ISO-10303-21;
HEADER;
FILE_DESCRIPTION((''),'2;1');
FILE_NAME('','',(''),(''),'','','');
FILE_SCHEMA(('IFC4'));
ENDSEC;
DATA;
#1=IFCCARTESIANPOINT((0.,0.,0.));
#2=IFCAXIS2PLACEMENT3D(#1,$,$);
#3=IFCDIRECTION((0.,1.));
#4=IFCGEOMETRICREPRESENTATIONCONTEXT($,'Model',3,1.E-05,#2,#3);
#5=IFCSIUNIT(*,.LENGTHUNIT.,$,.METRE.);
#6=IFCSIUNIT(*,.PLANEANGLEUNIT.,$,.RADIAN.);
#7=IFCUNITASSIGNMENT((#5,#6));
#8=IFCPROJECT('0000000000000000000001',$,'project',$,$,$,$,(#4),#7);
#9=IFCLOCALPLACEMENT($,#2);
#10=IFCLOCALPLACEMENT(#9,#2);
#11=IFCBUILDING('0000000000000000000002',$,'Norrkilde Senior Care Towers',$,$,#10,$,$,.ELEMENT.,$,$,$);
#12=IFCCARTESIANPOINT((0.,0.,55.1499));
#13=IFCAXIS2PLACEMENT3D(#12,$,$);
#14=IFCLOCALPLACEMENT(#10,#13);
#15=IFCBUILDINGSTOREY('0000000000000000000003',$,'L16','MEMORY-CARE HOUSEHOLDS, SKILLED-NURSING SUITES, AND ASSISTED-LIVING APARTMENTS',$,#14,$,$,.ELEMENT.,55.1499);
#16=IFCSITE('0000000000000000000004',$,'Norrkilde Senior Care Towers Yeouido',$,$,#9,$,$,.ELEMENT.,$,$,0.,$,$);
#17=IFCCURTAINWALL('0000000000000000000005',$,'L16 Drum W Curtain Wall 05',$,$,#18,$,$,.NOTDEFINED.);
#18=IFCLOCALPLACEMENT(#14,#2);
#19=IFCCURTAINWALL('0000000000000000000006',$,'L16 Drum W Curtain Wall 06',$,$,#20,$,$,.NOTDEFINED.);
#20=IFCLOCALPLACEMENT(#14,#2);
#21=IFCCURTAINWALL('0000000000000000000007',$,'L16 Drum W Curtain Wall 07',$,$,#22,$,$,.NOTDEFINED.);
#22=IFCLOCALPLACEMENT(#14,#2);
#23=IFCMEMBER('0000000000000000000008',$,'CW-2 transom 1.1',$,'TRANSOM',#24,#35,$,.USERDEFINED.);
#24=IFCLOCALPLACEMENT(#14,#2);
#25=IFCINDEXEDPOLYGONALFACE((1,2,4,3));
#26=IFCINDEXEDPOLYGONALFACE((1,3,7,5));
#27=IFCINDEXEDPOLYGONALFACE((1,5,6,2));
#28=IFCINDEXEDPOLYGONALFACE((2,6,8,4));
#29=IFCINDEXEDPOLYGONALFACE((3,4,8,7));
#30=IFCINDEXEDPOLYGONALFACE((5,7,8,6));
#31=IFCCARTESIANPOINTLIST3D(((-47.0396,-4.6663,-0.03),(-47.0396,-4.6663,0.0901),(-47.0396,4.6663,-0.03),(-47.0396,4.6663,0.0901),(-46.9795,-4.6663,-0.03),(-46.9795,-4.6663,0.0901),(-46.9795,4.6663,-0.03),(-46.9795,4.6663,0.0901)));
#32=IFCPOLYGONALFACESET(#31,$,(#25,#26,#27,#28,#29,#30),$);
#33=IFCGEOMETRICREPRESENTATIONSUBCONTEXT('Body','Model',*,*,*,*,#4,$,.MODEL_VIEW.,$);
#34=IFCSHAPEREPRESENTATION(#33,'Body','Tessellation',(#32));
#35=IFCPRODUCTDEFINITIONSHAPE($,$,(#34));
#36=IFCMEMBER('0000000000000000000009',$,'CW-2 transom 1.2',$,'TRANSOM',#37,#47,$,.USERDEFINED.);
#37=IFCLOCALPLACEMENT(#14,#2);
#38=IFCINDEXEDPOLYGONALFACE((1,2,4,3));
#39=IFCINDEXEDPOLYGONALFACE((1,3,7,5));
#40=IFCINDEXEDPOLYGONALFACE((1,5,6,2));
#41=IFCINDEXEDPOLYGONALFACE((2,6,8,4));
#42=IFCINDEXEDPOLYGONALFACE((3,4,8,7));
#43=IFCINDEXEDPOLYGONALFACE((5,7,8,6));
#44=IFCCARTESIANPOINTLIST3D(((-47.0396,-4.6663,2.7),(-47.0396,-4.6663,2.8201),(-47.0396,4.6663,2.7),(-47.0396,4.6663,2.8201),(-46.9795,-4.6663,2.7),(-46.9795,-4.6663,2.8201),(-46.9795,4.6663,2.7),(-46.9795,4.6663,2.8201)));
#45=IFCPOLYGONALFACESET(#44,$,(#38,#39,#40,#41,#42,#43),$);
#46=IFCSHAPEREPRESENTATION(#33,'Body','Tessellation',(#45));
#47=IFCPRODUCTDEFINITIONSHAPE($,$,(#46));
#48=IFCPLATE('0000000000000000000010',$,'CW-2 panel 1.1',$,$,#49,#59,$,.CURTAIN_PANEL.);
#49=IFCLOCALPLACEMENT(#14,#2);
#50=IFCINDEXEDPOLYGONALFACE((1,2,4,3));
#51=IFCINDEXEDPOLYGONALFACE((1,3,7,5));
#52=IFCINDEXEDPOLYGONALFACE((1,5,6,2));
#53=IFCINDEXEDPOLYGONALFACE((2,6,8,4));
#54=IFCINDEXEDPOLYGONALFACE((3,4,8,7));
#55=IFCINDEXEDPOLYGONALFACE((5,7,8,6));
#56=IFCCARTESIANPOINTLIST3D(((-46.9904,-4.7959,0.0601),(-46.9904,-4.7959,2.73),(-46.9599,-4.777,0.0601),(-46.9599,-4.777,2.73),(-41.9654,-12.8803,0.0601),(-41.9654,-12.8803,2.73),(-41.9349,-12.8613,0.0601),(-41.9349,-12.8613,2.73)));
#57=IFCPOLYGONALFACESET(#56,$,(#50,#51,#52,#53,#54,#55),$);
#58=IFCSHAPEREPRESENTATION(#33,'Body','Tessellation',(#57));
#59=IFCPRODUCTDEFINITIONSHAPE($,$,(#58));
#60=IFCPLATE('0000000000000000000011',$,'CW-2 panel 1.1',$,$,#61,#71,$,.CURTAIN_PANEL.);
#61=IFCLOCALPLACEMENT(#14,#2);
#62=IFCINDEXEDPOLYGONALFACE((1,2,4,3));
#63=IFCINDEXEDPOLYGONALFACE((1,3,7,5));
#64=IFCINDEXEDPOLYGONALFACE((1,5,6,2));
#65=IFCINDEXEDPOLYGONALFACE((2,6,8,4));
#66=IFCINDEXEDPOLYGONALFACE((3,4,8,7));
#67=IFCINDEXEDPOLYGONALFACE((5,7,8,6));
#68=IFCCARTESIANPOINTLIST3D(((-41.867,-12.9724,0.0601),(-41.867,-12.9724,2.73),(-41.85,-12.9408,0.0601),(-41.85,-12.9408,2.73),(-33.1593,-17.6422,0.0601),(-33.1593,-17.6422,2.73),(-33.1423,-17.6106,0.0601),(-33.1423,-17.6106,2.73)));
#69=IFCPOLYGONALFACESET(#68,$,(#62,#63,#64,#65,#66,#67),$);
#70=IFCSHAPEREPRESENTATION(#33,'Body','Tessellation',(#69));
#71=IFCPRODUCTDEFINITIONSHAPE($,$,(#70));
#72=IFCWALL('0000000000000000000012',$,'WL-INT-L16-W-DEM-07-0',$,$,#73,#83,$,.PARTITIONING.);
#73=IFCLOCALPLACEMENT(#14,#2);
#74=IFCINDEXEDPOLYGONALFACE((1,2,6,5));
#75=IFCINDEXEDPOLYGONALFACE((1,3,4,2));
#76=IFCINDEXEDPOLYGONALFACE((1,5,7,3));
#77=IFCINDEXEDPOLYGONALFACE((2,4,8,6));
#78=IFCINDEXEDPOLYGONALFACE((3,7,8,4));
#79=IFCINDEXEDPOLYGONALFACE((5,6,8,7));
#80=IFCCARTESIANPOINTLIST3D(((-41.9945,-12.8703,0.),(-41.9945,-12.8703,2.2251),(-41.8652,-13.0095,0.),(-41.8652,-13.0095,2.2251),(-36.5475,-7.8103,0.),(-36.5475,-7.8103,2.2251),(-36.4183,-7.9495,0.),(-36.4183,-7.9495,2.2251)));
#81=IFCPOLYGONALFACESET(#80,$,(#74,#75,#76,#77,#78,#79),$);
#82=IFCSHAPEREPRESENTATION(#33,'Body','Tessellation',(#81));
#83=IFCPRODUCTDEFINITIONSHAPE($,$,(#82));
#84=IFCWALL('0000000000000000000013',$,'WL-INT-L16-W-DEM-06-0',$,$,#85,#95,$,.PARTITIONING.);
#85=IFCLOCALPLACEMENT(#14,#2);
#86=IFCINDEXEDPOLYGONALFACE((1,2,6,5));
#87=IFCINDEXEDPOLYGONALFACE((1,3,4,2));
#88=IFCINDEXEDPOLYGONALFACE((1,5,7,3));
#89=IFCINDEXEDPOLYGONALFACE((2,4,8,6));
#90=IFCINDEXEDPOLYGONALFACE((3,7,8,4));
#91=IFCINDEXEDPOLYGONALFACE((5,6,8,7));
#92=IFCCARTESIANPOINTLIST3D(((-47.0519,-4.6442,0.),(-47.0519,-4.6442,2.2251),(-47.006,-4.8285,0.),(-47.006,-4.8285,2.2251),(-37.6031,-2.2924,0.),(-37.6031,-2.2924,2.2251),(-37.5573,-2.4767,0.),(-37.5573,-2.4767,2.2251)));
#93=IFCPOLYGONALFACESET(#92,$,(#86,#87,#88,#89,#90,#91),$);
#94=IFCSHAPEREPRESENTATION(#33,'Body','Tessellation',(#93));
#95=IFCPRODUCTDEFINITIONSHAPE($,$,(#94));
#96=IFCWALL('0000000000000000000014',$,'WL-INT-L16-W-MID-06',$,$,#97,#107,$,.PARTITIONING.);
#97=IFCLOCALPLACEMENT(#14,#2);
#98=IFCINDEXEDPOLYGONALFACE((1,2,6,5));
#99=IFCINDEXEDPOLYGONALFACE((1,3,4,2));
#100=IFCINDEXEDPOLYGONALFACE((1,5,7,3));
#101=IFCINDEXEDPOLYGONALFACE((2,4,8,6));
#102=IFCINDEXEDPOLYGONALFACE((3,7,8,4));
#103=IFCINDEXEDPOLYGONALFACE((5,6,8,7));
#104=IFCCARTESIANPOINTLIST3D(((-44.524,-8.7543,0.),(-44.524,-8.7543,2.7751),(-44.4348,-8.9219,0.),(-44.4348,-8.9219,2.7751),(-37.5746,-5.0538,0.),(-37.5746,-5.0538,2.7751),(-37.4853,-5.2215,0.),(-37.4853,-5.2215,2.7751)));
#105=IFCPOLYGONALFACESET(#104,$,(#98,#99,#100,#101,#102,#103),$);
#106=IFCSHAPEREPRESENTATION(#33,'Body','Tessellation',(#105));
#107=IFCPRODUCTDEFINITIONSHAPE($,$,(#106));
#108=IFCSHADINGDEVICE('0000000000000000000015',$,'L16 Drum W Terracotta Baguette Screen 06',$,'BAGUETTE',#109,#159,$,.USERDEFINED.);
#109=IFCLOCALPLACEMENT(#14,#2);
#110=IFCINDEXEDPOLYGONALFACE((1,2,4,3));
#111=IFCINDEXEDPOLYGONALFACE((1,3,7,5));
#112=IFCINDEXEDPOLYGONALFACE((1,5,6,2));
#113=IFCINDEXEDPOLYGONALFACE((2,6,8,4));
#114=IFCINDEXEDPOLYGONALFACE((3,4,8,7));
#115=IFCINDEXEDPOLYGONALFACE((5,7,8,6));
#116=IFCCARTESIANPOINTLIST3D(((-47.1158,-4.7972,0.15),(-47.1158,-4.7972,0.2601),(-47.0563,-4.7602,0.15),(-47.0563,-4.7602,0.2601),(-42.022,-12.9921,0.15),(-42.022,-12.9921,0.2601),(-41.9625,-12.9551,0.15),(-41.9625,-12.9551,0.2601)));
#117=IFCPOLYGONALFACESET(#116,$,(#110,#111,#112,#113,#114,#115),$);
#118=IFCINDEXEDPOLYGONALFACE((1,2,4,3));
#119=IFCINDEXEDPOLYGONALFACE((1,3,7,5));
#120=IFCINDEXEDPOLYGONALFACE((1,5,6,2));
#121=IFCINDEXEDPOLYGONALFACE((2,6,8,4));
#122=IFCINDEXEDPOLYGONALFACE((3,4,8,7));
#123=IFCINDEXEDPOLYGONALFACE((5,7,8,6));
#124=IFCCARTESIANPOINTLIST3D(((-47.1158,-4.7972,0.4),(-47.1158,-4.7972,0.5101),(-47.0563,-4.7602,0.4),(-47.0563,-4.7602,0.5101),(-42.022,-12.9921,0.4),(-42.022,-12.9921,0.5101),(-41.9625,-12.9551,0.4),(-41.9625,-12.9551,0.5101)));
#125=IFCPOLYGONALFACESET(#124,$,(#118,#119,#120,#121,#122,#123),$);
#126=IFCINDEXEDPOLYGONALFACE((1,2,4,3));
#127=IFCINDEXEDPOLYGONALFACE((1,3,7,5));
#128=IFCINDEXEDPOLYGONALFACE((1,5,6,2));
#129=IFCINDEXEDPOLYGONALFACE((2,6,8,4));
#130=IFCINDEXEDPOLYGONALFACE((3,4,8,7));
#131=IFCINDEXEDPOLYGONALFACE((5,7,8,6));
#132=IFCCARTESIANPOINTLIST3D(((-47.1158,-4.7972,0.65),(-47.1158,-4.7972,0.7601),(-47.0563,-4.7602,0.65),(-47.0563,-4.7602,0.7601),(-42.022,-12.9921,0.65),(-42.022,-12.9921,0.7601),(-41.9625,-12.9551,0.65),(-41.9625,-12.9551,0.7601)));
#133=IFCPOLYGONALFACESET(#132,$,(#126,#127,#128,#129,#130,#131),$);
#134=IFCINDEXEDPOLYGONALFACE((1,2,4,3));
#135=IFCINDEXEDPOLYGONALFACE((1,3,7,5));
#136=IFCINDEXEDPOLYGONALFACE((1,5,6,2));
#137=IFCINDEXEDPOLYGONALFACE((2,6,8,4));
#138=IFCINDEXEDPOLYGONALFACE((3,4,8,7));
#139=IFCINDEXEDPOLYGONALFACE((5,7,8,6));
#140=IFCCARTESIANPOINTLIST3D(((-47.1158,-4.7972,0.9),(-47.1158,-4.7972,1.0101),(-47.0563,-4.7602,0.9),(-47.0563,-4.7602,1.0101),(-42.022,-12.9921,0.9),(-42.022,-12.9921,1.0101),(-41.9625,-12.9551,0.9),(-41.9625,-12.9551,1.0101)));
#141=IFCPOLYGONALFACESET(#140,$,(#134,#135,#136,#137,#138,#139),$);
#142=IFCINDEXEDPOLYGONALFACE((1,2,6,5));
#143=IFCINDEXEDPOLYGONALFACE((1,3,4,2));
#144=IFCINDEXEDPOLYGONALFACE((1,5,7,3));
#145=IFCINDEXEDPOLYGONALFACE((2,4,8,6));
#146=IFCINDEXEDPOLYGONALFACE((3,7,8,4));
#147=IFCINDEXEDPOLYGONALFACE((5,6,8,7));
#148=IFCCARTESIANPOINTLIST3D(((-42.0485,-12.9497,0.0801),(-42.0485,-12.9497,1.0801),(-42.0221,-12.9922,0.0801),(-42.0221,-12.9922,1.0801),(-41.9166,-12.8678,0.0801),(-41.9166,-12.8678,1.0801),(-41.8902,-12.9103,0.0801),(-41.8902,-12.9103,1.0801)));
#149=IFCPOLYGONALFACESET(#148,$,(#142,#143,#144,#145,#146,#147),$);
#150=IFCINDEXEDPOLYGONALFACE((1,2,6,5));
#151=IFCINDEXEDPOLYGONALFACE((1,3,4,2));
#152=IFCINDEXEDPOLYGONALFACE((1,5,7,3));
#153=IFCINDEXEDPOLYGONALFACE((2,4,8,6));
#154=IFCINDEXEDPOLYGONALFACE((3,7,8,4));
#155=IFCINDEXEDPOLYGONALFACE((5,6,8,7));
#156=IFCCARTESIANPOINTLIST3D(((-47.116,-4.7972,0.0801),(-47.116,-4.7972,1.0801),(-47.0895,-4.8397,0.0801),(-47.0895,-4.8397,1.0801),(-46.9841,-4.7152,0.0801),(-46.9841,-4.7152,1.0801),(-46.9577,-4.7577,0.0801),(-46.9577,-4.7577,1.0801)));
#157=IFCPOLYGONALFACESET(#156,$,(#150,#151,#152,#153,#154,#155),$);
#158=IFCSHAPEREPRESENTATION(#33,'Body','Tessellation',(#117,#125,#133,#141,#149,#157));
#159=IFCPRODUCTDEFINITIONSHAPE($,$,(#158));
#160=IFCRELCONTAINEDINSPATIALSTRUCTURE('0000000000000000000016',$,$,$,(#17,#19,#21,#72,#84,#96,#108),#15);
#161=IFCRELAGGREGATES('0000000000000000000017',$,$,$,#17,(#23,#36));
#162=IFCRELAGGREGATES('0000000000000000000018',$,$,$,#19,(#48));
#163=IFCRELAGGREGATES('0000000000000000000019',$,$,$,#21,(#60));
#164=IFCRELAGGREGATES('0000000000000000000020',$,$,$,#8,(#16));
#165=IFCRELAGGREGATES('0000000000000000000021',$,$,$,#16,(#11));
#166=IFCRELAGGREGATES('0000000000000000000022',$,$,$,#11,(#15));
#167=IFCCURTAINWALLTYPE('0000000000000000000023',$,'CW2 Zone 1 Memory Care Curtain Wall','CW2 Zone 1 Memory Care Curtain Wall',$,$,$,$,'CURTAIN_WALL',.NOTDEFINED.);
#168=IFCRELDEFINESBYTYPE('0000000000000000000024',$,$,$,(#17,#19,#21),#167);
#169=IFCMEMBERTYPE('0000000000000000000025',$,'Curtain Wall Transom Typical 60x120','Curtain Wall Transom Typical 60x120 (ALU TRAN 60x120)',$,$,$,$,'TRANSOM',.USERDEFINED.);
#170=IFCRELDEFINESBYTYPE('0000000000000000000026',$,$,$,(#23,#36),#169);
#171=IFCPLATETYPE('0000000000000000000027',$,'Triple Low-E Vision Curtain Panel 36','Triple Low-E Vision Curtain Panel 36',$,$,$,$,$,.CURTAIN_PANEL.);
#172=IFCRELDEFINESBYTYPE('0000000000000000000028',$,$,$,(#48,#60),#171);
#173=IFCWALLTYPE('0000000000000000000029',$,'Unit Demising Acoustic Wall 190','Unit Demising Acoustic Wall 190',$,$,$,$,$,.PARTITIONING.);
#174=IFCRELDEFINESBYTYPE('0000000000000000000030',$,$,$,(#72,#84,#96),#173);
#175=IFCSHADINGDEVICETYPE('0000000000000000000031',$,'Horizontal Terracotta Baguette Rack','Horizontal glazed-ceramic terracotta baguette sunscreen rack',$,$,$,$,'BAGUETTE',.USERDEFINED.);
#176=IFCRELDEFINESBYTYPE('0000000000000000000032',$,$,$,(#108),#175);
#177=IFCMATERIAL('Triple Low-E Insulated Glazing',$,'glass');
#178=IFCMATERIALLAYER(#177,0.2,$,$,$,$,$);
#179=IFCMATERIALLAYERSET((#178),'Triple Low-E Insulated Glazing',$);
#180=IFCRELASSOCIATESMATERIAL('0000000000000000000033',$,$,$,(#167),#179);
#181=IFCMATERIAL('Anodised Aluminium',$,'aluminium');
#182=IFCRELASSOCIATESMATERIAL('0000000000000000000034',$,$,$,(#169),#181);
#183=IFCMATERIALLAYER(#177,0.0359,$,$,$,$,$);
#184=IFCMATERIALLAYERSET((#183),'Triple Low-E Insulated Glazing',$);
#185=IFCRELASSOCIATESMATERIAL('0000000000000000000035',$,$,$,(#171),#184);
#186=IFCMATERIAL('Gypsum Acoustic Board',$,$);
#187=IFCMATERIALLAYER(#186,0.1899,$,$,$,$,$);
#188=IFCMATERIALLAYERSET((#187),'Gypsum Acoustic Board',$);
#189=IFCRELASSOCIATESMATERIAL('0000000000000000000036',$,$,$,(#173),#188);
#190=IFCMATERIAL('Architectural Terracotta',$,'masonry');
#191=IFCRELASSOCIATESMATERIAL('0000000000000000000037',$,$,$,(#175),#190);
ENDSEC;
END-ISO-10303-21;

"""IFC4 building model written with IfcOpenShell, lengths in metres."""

from ifc_helpers import new_model, si_unit, direction, frame, frame_2d, origin, origin_2d, place, context, subcontext, project, spatial, rectangle, extrude, source, transform, mapped, material, layer, layer_set, material_profile, profile_set, type_object, type_shapes, element, aggregate, save


model = new_model("IFC4")

# Units and contexts
model_context = context("Model", 3, precision=1e-05, world=origin(), true_north=direction((0.0, 1.0)))
body_context = subcontext(model_context, "Body", "Model", "MODEL_VIEW")
ifc_project = project(units=[si_unit("LENGTHUNIT", "METRE"), si_unit("PLANEANGLEUNIT", "RADIAN")], contexts=[model_context])

# Site, building, storey
site_placement = place(None, origin())
site = spatial("IfcSite", under=ifc_project, at=site_placement, Name="Norrkilde Senior Care Towers Yeouido", CompositionType="ELEMENT", RefElevation=0.0)
building_placement = place(site_placement, origin())
building = spatial("IfcBuilding", under=site, at=building_placement, Name="Norrkilde Senior Care Towers", CompositionType="ELEMENT")
storey_placement = place(building_placement, frame((0.0, 0.0, 55.1499)))
storey = spatial("IfcBuildingStorey", under=building, at=storey_placement, Name="L16", Description="MEMORY-CARE HOUSEHOLDS, SKILLED-NURSING SUITES, AND ASSISTED-LIVING APARTMENTS", CompositionType="ELEMENT", Elevation=55.1499)

# Curtain wall
ifc_material_1 = material(Name="Triple Low-E Insulated Glazing", Category="glass")
ifc_layer_1 = layer(ifc_material_1, 0.2)
ifc_layer_set_1 = layer_set([ifc_layer_1], Name="Triple Low-E Insulated Glazing")
curtain_wall_type = type_object("IfcCurtainWallType", Name="CW2 Zone 1 Memory Care Curtain Wall", Description="CW2 Zone 1 Memory Care Curtain Wall", ElementType="CURTAIN_WALL", PredefinedType="NOTDEFINED", material=ifc_layer_set_1)
curtain_wall_1_placement = place(storey_placement, origin())
curtain_wall_1 = element("IfcCurtainWall", 1, at=curtain_wall_1_placement, inside=storey, type_object=curtain_wall_type, Name="L16 Drum W Curtain Wall 05", PredefinedType="NOTDEFINED")
ifc_material_2 = material(Name="Anodised Aluminium", Category="aluminium")

# Curtain wall
curtain_wall_2_placement = place(storey_placement, origin())
curtain_wall_2 = element("IfcCurtainWall", 2, at=curtain_wall_2_placement, inside=storey, type_object=curtain_wall_type, Name="L16 Drum W Curtain Wall 06", PredefinedType="NOTDEFINED")

# Curtain wall
curtain_wall_3_placement = place(storey_placement, origin())
curtain_wall_3 = element("IfcCurtainWall", 3, at=curtain_wall_3_placement, inside=storey, type_object=curtain_wall_type, Name="L16 Drum W Curtain Wall 07", PredefinedType="NOTDEFINED")

# Members
ifc_material_profile_1 = material_profile(ifc_material_2, rectangle(XDim=0.0601, YDim=0.1201, at=origin_2d()), Name="ALU TRAN 60x120")
ifc_profile_set_1 = profile_set([ifc_material_profile_1], Name="Anodised Aluminium")
member_type_1 = type_object("IfcMemberType", Name="Curtain Wall Transom Typical 60x120", Description="Curtain Wall Transom Typical 60x120 (ALU TRAN 60x120)", ElementType="TRANSOM", PredefinedType="USERDEFINED", material=ifc_profile_set_1)
shared_shape_1 = source(origin(), body_context, "Body", "SweptSolid", [
    extrude(rectangle(XDim=0.0601, YDim=0.1201, at=origin_2d()), origin(), (0.0, 0.0, 1.0), 9.3325),
])
member_1_placement = place(storey_placement, frame((-47.0095, -4.6663, 0.03), z_axis=(0.0, 1.0, 0.0), x_axis=(-1.0, 0.0, 0.0)))
member_1 = element("IfcMember", 4, at=member_1_placement, type_object=member_type_1, Name="CW-2 transom 1.1", ObjectType="TRANSOM", PredefinedType="USERDEFINED", context=body_context, shape_type="MappedRepresentation", body=[
    mapped(shared_shape_1, transform((0.0, 0.0, 0.0), x_axis=(1.0, 0.0, 0.0), y_axis=(0.0, 1.0, 0.0), z_axis=(0.0, 0.0, 1.0), scale=1.0)),
])
member_2_placement = place(storey_placement, frame((-47.0095, -4.6663, 2.76), z_axis=(0.0, 1.0, 0.0), x_axis=(-1.0, 0.0, 0.0)))
member_2 = element("IfcMember", 5, at=member_2_placement, type_object=member_type_1, Name="CW-2 transom 1.2", ObjectType="TRANSOM", PredefinedType="USERDEFINED", context=body_context, shape_type="MappedRepresentation", body=[
    mapped(shared_shape_1, transform((0.0, 0.0, 0.0), x_axis=(1.0, 0.0, 0.0), y_axis=(0.0, 1.0, 0.0), z_axis=(0.0, 0.0, 1.0), scale=1.0)),
])
aggregate(curtain_wall_1, [member_1, member_2])

# Plates
ifc_layer_2 = layer(ifc_material_1, 0.0359)
ifc_layer_set_2 = layer_set([ifc_layer_2], Name="Triple Low-E Insulated Glazing")
plate_type = type_object("IfcPlateType", Name="Triple Low-E Vision Curtain Panel 36", Description="Triple Low-E Vision Curtain Panel 36", PredefinedType="CURTAIN_PANEL", material=ifc_layer_set_2)
shared_shape_2 = source(origin(), body_context, "Body", "SweptSolid", [
    extrude(rectangle(XDim=9.5188, YDim=0.0359, at=origin_2d()), origin(), (0.0, 0.0, 1.0), 2.6699),
])
plate_1_placement = place(storey_placement, frame((-44.4626, -8.8286, 0.0601), z_axis=(0.0, 0.0, 1.0), x_axis=(-0.527901, 0.849306, 0.0)))
plate_1 = element("IfcPlate", 6, at=plate_1_placement, type_object=plate_type, Name="CW-2 panel 1.1", PredefinedType="CURTAIN_PANEL", context=body_context, shape_type="MappedRepresentation", body=[
    mapped(shared_shape_2, transform((0.0, 0.0, 0.0), x_axis=(1.0, 0.0, 0.0), y_axis=(0.0, 1.0, 0.0), z_axis=(0.0, 0.0, 1.0), scale=1.0)),
])
aggregate(curtain_wall_2, [plate_1])
shared_shape_3 = source(origin(), body_context, "Body", "SweptSolid", [
    extrude(rectangle(XDim=9.8809, YDim=0.0359, at=origin_2d()), origin(), (0.0, 0.0, 1.0), 2.6699),
])
type_shapes(plate_type, [shared_shape_2, shared_shape_3])
plate_2_placement = place(storey_placement, frame((-37.5046, -15.2915, 0.0601), z_axis=(0.0, 0.0, 1.0), x_axis=(-0.881273, 0.472608, 0.0)))
plate_2 = element("IfcPlate", 7, at=plate_2_placement, type_object=plate_type, Name="CW-2 panel 1.1", PredefinedType="CURTAIN_PANEL", context=body_context, shape_type="MappedRepresentation", body=[
    mapped(shared_shape_3, transform((0.0, 0.0, 0.0), x_axis=(1.0, 0.0, 0.0), y_axis=(0.0, 1.0, 0.0), z_axis=(0.0, 0.0, 1.0), scale=1.0)),
])
aggregate(curtain_wall_3, [plate_2])

# Shared definitions
ifc_material_3 = material(Name="Gypsum Acoustic Board")

# Walls
ifc_layer_3 = layer(ifc_material_3, 0.1899)
ifc_layer_set_3 = layer_set([ifc_layer_3], Name="Gypsum Acoustic Board")
wall_type_1 = type_object("IfcWallType", Name="Unit Demising Acoustic Wall 190", Description="Unit Demising Acoustic Wall 190", PredefinedType="PARTITIONING", material=ifc_layer_set_3)
shared_shape_4 = source(origin(), body_context, "Body", "SweptSolid", [
    extrude(rectangle(XDim=7.4346, YDim=0.1899, at=frame_2d((3.7173, 0.0))), origin(), (0.0, 0.0, 1.0), 2.2251),
])
wall_1_placement = place(storey_placement, frame((-36.4829, -7.8799, 0.0), z_axis=(0.0, 0.0, 1.0), x_axis=(-0.732652, -0.680603, 0.0)))
element("IfcWall", 8, at=wall_1_placement, inside=storey, type_object=wall_type_1, Name="WL-INT-L16-W-DEM-07-0", PredefinedType="PARTITIONING", context=body_context, shape_type="MappedRepresentation", body=[
    mapped(shared_shape_4, transform((0.0, 0.0, 0.0), x_axis=(1.0, 0.0, 0.0), y_axis=(0.0, 1.0, 0.0), z_axis=(0.0, 0.0, 1.0), scale=1.0)),
])
shared_shape_5 = source(origin(), body_context, "Body", "SweptSolid", [
    extrude(rectangle(XDim=9.7371, YDim=0.1899, at=frame_2d((4.8687, 0.0))), origin(), (0.0, 0.0, 1.0), 2.2251),
])
wall_2_placement = place(storey_placement, frame((-37.5801, -2.3845, 0.0), z_axis=(0.0, 0.0, 1.0), x_axis=(-0.970393, -0.241533, 0.0)))
element("IfcWall", 9, at=wall_2_placement, inside=storey, type_object=wall_type_1, Name="WL-INT-L16-W-DEM-06-0", PredefinedType="PARTITIONING", context=body_context, shape_type="MappedRepresentation", body=[
    mapped(shared_shape_5, transform((0.0, 0.0, 0.0), x_axis=(1.0, 0.0, 0.0), y_axis=(0.0, 1.0, 0.0), z_axis=(0.0, 0.0, 1.0), scale=1.0)),
])
shared_shape_6 = source(origin(), body_context, "Body", "SweptSolid", [
    extrude(rectangle(XDim=7.8733, YDim=0.1899, at=frame_2d((3.9365, 0.0))), origin(), (0.0, 0.0, 1.0), 2.7751),
])
type_shapes(wall_type_1, [shared_shape_4, shared_shape_5, shared_shape_6])
wall_3_placement = place(storey_placement, frame((-37.53, -5.1377, 0.0), z_axis=(0.0, 0.0, 1.0), x_axis=(-0.882666, -0.470001, 0.0)))
element("IfcWall", 10, at=wall_3_placement, inside=storey, type_object=wall_type_1, Name="WL-INT-L16-W-MID-06", PredefinedType="PARTITIONING", context=body_context, shape_type="MappedRepresentation", body=[
    mapped(shared_shape_6, transform((0.0, 0.0, 0.0), x_axis=(1.0, 0.0, 0.0), y_axis=(0.0, 1.0, 0.0), z_axis=(0.0, 0.0, 1.0), scale=1.0)),
])

# Shading device
ifc_material_4 = material(Name="Architectural Terracotta", Category="masonry")
shading_device_type = type_object("IfcShadingDeviceType", Name="Horizontal Terracotta Baguette Rack", Description="Horizontal glazed-ceramic terracotta baguette sunscreen rack", ElementType="BAGUETTE", PredefinedType="USERDEFINED", material=ifc_material_4)
shared_shape_7 = source(origin(), body_context, "Body", "SweptSolid", [
    extrude(rectangle(XDim=0.0701, YDim=0.1101, at=origin_2d()), frame((0.0, 0.0901, 0.125), z_axis=(1.0, 0.0, 0.0), x_axis=(0.0, 1.0, 0.0)), (0.0, 0.0, 1.0), 9.6489),
    extrude(rectangle(XDim=0.0701, YDim=0.1101, at=origin_2d()), frame((0.0, 0.0901, 0.375), z_axis=(1.0, 0.0, 0.0), x_axis=(0.0, 1.0, 0.0)), (0.0, 0.0, 1.0), 9.6489),
    extrude(rectangle(XDim=0.0701, YDim=0.1101, at=origin_2d()), frame((0.0, 0.0901, 0.625), z_axis=(1.0, 0.0, 0.0), x_axis=(0.0, 1.0, 0.0)), (0.0, 0.0, 1.0), 9.6489),
    extrude(rectangle(XDim=0.0701, YDim=0.1101, at=origin_2d()), frame((0.0, 0.0901, 0.875), z_axis=(1.0, 0.0, 0.0), x_axis=(0.0, 1.0, 0.0)), (0.0, 0.0, 1.0), 9.6489),
    extrude(rectangle(XDim=0.05, YDim=0.1553, at=origin_2d()), frame((0.0249, 0.0476, 0.0)), (0.0, 0.0, 1.0), 1.0),
    extrude(rectangle(XDim=0.05, YDim=0.1553, at=origin_2d()), frame((9.624, 0.0476, 0.0)), (0.0, 0.0, 1.0), 1.0),
])
type_shapes(shading_device_type, [shared_shape_7])
shading_device_placement = place(storey_placement, frame((-41.9158, -12.926, 0.0801), z_axis=(0.0, 0.0, 1.0), x_axis=(-0.527909, 0.849299, 0.0)))
element("IfcShadingDevice", 11, at=shading_device_placement, inside=storey, type_object=shading_device_type, Name="L16 Drum W Terracotta Baguette Screen 06", ObjectType="BAGUETTE", PredefinedType="USERDEFINED", context=body_context, shape_type="MappedRepresentation", body=[
    mapped(shared_shape_7, transform((0.0, 0.0, 0.0), x_axis=(1.0, 0.0, 0.0), y_axis=(0.0, 1.0, 0.0), z_axis=(0.0, 0.0, 1.0), scale=1.0)),
])

save(model, "model.ifc")
